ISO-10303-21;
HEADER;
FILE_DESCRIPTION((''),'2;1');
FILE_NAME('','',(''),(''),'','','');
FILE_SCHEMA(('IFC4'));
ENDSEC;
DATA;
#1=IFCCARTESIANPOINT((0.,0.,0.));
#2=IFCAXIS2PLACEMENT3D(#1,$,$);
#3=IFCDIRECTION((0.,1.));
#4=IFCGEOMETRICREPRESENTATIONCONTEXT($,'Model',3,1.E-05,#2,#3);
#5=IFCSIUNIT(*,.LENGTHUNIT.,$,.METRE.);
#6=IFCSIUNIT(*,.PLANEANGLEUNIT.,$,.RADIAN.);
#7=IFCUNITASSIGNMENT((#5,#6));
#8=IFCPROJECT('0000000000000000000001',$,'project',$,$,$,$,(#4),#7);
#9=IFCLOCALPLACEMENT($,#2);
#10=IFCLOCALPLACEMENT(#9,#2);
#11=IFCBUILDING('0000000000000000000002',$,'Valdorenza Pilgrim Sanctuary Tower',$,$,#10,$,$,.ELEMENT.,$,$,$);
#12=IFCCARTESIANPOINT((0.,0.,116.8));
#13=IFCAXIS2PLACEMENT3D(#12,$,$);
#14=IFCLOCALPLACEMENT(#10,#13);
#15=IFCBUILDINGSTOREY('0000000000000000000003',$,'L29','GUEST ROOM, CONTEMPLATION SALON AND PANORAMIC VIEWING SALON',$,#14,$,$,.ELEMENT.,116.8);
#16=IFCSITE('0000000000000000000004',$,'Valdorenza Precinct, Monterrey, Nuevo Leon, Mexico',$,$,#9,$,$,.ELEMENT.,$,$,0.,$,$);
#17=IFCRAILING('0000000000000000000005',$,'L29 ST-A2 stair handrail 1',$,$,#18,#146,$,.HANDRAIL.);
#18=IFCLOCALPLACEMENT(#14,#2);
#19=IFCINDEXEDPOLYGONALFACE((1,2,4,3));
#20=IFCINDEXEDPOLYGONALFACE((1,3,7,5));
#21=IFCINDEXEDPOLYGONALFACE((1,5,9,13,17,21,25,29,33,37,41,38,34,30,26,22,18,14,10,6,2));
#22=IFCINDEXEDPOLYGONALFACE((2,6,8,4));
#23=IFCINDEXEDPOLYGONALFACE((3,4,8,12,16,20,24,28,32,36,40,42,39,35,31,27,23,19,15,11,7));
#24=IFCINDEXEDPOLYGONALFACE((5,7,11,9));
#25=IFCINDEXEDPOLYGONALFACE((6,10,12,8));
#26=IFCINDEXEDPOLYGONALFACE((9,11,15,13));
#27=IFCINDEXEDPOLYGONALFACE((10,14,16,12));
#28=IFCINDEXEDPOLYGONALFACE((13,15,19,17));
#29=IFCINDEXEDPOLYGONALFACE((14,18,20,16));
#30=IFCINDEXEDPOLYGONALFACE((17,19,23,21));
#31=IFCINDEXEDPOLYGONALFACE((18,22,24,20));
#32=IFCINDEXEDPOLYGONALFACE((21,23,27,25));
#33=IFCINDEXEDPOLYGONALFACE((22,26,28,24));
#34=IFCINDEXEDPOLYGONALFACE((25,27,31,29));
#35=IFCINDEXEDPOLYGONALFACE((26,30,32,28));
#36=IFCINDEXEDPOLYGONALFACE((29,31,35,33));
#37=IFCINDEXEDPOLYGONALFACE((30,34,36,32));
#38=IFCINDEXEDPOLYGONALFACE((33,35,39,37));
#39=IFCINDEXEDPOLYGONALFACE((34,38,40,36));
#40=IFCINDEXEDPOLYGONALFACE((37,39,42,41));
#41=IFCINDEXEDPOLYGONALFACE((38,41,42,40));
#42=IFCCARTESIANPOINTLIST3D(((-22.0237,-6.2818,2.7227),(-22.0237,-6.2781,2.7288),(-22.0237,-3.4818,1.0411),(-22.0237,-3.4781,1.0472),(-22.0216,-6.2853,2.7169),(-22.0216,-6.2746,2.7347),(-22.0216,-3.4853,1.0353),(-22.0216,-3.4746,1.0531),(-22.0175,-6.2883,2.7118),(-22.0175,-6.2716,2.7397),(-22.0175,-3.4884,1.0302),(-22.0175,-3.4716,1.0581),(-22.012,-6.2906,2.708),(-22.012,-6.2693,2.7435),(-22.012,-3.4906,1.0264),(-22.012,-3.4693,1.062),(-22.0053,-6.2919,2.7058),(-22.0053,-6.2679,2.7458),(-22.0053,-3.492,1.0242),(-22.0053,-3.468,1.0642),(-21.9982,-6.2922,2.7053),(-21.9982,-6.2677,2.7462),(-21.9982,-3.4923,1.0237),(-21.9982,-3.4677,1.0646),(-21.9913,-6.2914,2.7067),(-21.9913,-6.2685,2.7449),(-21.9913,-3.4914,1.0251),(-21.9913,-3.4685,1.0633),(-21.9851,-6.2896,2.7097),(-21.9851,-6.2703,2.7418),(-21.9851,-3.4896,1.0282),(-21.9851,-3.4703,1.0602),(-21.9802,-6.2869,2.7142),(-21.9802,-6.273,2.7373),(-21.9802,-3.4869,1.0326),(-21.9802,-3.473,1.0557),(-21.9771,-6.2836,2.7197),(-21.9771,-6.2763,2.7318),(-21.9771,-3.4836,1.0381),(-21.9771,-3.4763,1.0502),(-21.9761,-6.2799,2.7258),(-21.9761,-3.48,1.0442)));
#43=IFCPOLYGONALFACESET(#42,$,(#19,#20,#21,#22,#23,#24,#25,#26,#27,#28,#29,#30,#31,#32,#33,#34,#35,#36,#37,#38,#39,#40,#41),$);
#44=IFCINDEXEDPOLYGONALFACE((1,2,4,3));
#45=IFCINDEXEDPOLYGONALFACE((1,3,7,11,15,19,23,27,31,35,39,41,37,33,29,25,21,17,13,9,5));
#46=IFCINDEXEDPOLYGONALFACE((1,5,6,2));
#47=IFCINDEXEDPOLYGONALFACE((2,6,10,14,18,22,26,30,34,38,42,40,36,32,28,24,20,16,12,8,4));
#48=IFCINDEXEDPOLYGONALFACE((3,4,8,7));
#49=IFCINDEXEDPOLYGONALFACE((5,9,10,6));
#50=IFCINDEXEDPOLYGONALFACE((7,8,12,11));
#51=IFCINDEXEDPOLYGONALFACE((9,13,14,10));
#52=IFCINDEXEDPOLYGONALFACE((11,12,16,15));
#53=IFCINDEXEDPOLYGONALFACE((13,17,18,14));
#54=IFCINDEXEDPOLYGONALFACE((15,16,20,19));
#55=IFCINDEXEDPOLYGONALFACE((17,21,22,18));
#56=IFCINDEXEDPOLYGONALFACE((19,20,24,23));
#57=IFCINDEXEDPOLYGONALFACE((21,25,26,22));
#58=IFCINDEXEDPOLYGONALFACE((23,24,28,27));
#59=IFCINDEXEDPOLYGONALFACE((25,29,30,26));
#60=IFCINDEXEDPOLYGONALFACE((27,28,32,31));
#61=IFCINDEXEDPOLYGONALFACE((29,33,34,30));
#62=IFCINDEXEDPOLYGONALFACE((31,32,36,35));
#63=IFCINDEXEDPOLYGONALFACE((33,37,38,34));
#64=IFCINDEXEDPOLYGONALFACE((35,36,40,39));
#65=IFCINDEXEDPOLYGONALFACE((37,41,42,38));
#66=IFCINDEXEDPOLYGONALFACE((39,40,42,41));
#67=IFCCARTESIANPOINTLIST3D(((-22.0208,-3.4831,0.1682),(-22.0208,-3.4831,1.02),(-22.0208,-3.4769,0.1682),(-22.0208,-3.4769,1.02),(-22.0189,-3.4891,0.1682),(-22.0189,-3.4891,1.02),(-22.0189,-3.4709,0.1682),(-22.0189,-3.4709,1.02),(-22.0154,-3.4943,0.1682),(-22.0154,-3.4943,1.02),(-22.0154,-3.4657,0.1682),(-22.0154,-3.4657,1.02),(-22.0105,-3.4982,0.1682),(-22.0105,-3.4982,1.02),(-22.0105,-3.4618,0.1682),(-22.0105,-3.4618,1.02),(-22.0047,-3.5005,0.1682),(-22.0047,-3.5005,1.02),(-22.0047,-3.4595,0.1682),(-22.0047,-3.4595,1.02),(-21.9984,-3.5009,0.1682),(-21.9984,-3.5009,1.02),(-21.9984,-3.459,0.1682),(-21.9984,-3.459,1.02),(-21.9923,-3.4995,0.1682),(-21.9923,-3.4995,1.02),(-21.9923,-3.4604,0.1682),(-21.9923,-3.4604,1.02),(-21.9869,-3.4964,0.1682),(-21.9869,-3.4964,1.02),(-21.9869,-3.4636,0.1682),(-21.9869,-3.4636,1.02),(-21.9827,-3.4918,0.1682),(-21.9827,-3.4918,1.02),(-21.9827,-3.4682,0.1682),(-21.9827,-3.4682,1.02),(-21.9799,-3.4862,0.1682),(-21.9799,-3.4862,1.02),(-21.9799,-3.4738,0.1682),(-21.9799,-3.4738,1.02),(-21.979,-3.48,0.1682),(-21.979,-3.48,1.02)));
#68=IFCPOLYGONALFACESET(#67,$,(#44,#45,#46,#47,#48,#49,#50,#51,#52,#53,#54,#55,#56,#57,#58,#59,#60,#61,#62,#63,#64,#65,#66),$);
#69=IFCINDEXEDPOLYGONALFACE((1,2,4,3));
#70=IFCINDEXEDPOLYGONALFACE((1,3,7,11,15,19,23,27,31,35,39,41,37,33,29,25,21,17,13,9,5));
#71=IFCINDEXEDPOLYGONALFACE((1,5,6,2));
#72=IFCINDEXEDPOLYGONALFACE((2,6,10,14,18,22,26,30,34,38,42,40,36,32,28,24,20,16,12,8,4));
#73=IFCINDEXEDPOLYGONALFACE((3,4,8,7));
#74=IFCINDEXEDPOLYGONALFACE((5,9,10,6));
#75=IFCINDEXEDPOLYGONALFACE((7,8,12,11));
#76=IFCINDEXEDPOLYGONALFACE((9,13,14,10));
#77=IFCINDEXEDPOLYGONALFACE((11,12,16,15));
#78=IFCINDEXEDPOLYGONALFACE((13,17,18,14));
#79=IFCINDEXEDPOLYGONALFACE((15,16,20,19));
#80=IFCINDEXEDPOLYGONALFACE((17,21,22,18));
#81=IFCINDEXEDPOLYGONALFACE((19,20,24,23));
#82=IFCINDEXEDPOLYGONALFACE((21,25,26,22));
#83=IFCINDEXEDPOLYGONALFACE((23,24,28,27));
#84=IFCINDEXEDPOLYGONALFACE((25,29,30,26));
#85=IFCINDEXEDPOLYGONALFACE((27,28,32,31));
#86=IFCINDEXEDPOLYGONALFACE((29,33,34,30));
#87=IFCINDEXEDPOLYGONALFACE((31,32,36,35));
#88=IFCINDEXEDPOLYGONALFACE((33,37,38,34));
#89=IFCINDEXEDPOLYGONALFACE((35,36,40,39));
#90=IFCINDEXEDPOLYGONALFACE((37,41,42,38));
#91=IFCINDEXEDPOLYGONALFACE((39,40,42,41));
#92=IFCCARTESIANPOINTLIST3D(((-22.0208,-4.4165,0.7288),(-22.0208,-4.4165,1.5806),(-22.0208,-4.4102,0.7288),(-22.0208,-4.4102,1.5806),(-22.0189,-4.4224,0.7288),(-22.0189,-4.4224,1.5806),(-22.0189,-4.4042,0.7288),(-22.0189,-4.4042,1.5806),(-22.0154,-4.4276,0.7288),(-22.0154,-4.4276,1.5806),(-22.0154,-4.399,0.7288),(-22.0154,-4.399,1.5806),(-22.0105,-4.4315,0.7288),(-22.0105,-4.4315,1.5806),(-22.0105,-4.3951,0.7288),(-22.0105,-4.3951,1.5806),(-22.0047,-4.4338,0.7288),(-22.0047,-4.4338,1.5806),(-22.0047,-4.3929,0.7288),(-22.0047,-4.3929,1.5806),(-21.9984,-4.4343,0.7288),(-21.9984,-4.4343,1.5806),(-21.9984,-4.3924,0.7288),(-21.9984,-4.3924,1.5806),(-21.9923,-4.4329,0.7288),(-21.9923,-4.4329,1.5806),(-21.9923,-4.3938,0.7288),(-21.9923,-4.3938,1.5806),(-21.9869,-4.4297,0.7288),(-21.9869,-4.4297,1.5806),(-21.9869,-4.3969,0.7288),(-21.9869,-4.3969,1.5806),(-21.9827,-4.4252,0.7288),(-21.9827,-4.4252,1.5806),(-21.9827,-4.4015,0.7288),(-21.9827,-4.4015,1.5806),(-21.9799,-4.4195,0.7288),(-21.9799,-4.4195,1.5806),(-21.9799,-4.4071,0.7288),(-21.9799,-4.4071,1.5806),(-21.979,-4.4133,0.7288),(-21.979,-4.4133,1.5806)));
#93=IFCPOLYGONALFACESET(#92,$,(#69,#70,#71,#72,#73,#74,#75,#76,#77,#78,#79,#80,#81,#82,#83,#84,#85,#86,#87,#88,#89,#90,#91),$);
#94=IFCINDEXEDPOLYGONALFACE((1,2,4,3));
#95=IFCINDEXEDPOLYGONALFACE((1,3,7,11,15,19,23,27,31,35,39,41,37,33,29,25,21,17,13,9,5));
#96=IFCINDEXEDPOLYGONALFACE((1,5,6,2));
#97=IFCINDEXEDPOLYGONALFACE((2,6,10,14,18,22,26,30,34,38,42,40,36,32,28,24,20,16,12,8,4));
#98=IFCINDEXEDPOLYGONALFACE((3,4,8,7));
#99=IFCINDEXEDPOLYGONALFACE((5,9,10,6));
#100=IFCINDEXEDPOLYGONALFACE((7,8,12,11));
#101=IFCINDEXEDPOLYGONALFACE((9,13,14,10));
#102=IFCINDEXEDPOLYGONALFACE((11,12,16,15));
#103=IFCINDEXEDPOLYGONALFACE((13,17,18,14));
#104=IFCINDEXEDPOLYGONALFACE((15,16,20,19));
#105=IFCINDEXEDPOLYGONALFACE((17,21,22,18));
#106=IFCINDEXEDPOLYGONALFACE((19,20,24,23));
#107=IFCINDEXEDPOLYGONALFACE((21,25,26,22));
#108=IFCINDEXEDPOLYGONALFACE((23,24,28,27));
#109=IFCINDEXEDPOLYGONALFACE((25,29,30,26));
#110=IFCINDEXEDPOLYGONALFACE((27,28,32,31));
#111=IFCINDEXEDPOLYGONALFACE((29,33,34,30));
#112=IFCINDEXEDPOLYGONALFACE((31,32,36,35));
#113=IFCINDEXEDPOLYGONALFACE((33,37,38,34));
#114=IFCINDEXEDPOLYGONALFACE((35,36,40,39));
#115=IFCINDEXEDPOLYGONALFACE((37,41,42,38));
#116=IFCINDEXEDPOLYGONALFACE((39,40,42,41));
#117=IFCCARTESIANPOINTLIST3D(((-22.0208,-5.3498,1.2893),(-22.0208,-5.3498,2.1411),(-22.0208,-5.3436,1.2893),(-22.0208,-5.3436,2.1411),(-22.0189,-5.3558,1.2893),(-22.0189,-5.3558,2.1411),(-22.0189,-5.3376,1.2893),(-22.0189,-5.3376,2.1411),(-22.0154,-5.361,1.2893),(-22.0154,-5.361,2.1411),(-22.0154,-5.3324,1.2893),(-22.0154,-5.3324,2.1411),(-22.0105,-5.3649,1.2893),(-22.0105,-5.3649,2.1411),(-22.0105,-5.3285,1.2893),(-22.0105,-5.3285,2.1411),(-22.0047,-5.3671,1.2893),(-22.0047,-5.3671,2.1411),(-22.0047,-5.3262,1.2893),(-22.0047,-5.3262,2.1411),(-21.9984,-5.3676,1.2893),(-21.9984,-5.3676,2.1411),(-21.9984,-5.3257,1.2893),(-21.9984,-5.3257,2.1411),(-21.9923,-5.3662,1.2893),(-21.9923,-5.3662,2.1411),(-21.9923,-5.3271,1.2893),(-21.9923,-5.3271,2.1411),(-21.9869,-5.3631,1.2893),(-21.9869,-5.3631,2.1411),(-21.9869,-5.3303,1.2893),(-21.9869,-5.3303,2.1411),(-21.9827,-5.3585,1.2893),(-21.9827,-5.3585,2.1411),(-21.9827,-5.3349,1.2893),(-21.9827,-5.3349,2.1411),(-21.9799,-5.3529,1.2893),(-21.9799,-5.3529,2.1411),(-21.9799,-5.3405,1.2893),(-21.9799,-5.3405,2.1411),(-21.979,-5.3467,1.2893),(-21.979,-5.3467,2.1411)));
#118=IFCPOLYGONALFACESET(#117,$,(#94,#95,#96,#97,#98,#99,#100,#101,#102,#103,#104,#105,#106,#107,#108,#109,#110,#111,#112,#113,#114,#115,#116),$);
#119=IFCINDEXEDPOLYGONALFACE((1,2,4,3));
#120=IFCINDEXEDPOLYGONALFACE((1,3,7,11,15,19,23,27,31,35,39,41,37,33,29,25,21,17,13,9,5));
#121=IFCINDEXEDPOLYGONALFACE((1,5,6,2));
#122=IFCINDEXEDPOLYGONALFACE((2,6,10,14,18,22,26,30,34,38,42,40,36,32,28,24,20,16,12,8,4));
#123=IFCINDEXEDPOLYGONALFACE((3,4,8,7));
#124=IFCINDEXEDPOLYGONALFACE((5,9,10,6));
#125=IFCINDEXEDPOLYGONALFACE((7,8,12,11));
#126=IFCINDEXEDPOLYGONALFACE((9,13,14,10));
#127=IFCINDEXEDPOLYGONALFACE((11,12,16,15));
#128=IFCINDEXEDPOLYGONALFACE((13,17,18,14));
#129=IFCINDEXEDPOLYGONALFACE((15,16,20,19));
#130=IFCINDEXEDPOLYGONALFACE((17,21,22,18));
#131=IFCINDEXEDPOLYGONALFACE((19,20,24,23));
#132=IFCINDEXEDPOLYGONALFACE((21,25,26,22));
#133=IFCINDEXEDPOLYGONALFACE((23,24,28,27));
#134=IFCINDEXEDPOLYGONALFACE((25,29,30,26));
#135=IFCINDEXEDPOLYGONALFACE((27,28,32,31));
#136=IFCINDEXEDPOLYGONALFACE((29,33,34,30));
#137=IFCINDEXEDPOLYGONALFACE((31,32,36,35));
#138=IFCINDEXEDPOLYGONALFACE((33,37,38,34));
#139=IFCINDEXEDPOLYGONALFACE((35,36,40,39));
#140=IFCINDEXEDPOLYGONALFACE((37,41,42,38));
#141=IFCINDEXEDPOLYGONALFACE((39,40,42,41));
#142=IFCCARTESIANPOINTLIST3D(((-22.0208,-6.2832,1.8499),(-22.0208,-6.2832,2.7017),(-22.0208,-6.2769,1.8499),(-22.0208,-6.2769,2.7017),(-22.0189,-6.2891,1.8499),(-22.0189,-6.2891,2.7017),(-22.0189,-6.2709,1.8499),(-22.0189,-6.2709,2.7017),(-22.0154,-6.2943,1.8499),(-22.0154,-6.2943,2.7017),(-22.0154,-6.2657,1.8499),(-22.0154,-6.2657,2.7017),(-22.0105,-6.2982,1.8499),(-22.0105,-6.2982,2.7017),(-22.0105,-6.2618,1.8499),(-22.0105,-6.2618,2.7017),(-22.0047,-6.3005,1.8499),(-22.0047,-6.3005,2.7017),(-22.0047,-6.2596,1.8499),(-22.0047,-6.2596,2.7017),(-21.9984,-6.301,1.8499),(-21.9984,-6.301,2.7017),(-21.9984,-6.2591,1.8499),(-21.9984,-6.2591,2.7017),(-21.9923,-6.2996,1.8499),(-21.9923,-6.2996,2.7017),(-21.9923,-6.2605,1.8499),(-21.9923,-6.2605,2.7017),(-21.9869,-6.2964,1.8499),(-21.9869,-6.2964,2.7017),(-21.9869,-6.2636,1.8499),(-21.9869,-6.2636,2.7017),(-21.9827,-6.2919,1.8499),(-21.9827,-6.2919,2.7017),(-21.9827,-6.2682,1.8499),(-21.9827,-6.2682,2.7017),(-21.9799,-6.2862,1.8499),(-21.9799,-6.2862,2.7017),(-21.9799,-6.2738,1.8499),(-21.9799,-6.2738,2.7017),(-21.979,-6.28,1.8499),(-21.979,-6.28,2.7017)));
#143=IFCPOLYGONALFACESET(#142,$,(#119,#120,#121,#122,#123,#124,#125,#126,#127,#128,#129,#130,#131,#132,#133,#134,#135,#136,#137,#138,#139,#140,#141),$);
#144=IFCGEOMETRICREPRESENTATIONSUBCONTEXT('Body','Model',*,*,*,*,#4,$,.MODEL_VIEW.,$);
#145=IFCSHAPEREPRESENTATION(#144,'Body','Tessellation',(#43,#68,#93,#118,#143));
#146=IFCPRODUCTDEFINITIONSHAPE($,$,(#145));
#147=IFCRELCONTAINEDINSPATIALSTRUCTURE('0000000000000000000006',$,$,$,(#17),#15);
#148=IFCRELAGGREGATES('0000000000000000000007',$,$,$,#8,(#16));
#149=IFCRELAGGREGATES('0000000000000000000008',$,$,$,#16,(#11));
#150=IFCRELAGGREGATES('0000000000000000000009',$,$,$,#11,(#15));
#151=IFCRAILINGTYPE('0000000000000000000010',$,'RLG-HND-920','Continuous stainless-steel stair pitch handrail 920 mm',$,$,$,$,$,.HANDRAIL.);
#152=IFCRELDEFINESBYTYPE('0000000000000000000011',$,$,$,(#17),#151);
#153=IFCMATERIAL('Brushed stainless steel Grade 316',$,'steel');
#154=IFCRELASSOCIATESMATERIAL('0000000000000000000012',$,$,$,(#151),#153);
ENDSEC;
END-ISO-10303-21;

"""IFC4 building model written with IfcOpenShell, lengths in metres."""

from ifc_helpers import new_model, si_unit, direction, frame, origin, origin_2d, place, context, subcontext, project, spatial, circle, extrude, material, type_object, element, save


model = new_model("IFC4")

# Units and contexts
model_context = context("Model", 3, precision=1e-05, world=origin(), true_north=direction((0.0, 1.0)))
body_context = subcontext(model_context, "Body", "Model", "MODEL_VIEW")
ifc_project = project(units=[si_unit("LENGTHUNIT", "METRE"), si_unit("PLANEANGLEUNIT", "RADIAN")], contexts=[model_context])

# Site, building, storey
site_placement = place(None, origin())
site = spatial("IfcSite", under=ifc_project, at=site_placement, Name="Valdorenza Precinct, Monterrey, Nuevo Leon, Mexico", CompositionType="ELEMENT", RefElevation=0.0)
building_placement = place(site_placement, origin())
building = spatial("IfcBuilding", under=site, at=building_placement, Name="Valdorenza Pilgrim Sanctuary Tower", CompositionType="ELEMENT")
storey_placement = place(building_placement, frame((0.0, 0.0, 116.8)))
storey = spatial("IfcBuildingStorey", under=building, at=storey_placement, Name="L29", Description="GUEST ROOM, CONTEMPLATION SALON AND PANORAMIC VIEWING SALON", CompositionType="ELEMENT", Elevation=116.8)

# Railing
ifc_material_1 = material(Name="Brushed stainless steel Grade 316", Category="steel")
railing_type = type_object("IfcRailingType", Name="RLG-HND-920", Description="Continuous stainless-steel stair pitch handrail 920 mm", PredefinedType="HANDRAIL", material=ifc_material_1)
railing_placement = place(storey_placement, frame((-22.0, -3.48, 0.1682)))
element("IfcRailing", 1, at=railing_placement, inside=storey, type_object=railing_type, Name="L29 ST-A2 stair handrail 1", PredefinedType="HANDRAIL", context=body_context, shape_type="SweptSolid", body=[
    extrude(circle(Radius=0.0239, at=origin_2d()), frame((0.0, 0.0, 0.876), z_axis=(0.0, -0.857275, 0.514858), x_axis=(1.0, 0.0, 0.0)), (0.0, 0.0, 1.0), 3.2661),
    extrude(circle(Radius=0.021, at=origin_2d()), origin(), (0.0, 0.0, 1.0), 0.8518),
    extrude(circle(Radius=0.021, at=origin_2d()), frame((0.0, -0.9333, 0.5605)), (0.0, 0.0, 1.0), 0.8518),
    extrude(circle(Radius=0.021, at=origin_2d()), frame((0.0, -1.8667, 1.1211)), (0.0, 0.0, 1.0), 0.8518),
    extrude(circle(Radius=0.021, at=origin_2d()), frame((0.0, -2.8, 1.6816)), (0.0, 0.0, 1.0), 0.8518),
])

save(model, "model.ifc")
